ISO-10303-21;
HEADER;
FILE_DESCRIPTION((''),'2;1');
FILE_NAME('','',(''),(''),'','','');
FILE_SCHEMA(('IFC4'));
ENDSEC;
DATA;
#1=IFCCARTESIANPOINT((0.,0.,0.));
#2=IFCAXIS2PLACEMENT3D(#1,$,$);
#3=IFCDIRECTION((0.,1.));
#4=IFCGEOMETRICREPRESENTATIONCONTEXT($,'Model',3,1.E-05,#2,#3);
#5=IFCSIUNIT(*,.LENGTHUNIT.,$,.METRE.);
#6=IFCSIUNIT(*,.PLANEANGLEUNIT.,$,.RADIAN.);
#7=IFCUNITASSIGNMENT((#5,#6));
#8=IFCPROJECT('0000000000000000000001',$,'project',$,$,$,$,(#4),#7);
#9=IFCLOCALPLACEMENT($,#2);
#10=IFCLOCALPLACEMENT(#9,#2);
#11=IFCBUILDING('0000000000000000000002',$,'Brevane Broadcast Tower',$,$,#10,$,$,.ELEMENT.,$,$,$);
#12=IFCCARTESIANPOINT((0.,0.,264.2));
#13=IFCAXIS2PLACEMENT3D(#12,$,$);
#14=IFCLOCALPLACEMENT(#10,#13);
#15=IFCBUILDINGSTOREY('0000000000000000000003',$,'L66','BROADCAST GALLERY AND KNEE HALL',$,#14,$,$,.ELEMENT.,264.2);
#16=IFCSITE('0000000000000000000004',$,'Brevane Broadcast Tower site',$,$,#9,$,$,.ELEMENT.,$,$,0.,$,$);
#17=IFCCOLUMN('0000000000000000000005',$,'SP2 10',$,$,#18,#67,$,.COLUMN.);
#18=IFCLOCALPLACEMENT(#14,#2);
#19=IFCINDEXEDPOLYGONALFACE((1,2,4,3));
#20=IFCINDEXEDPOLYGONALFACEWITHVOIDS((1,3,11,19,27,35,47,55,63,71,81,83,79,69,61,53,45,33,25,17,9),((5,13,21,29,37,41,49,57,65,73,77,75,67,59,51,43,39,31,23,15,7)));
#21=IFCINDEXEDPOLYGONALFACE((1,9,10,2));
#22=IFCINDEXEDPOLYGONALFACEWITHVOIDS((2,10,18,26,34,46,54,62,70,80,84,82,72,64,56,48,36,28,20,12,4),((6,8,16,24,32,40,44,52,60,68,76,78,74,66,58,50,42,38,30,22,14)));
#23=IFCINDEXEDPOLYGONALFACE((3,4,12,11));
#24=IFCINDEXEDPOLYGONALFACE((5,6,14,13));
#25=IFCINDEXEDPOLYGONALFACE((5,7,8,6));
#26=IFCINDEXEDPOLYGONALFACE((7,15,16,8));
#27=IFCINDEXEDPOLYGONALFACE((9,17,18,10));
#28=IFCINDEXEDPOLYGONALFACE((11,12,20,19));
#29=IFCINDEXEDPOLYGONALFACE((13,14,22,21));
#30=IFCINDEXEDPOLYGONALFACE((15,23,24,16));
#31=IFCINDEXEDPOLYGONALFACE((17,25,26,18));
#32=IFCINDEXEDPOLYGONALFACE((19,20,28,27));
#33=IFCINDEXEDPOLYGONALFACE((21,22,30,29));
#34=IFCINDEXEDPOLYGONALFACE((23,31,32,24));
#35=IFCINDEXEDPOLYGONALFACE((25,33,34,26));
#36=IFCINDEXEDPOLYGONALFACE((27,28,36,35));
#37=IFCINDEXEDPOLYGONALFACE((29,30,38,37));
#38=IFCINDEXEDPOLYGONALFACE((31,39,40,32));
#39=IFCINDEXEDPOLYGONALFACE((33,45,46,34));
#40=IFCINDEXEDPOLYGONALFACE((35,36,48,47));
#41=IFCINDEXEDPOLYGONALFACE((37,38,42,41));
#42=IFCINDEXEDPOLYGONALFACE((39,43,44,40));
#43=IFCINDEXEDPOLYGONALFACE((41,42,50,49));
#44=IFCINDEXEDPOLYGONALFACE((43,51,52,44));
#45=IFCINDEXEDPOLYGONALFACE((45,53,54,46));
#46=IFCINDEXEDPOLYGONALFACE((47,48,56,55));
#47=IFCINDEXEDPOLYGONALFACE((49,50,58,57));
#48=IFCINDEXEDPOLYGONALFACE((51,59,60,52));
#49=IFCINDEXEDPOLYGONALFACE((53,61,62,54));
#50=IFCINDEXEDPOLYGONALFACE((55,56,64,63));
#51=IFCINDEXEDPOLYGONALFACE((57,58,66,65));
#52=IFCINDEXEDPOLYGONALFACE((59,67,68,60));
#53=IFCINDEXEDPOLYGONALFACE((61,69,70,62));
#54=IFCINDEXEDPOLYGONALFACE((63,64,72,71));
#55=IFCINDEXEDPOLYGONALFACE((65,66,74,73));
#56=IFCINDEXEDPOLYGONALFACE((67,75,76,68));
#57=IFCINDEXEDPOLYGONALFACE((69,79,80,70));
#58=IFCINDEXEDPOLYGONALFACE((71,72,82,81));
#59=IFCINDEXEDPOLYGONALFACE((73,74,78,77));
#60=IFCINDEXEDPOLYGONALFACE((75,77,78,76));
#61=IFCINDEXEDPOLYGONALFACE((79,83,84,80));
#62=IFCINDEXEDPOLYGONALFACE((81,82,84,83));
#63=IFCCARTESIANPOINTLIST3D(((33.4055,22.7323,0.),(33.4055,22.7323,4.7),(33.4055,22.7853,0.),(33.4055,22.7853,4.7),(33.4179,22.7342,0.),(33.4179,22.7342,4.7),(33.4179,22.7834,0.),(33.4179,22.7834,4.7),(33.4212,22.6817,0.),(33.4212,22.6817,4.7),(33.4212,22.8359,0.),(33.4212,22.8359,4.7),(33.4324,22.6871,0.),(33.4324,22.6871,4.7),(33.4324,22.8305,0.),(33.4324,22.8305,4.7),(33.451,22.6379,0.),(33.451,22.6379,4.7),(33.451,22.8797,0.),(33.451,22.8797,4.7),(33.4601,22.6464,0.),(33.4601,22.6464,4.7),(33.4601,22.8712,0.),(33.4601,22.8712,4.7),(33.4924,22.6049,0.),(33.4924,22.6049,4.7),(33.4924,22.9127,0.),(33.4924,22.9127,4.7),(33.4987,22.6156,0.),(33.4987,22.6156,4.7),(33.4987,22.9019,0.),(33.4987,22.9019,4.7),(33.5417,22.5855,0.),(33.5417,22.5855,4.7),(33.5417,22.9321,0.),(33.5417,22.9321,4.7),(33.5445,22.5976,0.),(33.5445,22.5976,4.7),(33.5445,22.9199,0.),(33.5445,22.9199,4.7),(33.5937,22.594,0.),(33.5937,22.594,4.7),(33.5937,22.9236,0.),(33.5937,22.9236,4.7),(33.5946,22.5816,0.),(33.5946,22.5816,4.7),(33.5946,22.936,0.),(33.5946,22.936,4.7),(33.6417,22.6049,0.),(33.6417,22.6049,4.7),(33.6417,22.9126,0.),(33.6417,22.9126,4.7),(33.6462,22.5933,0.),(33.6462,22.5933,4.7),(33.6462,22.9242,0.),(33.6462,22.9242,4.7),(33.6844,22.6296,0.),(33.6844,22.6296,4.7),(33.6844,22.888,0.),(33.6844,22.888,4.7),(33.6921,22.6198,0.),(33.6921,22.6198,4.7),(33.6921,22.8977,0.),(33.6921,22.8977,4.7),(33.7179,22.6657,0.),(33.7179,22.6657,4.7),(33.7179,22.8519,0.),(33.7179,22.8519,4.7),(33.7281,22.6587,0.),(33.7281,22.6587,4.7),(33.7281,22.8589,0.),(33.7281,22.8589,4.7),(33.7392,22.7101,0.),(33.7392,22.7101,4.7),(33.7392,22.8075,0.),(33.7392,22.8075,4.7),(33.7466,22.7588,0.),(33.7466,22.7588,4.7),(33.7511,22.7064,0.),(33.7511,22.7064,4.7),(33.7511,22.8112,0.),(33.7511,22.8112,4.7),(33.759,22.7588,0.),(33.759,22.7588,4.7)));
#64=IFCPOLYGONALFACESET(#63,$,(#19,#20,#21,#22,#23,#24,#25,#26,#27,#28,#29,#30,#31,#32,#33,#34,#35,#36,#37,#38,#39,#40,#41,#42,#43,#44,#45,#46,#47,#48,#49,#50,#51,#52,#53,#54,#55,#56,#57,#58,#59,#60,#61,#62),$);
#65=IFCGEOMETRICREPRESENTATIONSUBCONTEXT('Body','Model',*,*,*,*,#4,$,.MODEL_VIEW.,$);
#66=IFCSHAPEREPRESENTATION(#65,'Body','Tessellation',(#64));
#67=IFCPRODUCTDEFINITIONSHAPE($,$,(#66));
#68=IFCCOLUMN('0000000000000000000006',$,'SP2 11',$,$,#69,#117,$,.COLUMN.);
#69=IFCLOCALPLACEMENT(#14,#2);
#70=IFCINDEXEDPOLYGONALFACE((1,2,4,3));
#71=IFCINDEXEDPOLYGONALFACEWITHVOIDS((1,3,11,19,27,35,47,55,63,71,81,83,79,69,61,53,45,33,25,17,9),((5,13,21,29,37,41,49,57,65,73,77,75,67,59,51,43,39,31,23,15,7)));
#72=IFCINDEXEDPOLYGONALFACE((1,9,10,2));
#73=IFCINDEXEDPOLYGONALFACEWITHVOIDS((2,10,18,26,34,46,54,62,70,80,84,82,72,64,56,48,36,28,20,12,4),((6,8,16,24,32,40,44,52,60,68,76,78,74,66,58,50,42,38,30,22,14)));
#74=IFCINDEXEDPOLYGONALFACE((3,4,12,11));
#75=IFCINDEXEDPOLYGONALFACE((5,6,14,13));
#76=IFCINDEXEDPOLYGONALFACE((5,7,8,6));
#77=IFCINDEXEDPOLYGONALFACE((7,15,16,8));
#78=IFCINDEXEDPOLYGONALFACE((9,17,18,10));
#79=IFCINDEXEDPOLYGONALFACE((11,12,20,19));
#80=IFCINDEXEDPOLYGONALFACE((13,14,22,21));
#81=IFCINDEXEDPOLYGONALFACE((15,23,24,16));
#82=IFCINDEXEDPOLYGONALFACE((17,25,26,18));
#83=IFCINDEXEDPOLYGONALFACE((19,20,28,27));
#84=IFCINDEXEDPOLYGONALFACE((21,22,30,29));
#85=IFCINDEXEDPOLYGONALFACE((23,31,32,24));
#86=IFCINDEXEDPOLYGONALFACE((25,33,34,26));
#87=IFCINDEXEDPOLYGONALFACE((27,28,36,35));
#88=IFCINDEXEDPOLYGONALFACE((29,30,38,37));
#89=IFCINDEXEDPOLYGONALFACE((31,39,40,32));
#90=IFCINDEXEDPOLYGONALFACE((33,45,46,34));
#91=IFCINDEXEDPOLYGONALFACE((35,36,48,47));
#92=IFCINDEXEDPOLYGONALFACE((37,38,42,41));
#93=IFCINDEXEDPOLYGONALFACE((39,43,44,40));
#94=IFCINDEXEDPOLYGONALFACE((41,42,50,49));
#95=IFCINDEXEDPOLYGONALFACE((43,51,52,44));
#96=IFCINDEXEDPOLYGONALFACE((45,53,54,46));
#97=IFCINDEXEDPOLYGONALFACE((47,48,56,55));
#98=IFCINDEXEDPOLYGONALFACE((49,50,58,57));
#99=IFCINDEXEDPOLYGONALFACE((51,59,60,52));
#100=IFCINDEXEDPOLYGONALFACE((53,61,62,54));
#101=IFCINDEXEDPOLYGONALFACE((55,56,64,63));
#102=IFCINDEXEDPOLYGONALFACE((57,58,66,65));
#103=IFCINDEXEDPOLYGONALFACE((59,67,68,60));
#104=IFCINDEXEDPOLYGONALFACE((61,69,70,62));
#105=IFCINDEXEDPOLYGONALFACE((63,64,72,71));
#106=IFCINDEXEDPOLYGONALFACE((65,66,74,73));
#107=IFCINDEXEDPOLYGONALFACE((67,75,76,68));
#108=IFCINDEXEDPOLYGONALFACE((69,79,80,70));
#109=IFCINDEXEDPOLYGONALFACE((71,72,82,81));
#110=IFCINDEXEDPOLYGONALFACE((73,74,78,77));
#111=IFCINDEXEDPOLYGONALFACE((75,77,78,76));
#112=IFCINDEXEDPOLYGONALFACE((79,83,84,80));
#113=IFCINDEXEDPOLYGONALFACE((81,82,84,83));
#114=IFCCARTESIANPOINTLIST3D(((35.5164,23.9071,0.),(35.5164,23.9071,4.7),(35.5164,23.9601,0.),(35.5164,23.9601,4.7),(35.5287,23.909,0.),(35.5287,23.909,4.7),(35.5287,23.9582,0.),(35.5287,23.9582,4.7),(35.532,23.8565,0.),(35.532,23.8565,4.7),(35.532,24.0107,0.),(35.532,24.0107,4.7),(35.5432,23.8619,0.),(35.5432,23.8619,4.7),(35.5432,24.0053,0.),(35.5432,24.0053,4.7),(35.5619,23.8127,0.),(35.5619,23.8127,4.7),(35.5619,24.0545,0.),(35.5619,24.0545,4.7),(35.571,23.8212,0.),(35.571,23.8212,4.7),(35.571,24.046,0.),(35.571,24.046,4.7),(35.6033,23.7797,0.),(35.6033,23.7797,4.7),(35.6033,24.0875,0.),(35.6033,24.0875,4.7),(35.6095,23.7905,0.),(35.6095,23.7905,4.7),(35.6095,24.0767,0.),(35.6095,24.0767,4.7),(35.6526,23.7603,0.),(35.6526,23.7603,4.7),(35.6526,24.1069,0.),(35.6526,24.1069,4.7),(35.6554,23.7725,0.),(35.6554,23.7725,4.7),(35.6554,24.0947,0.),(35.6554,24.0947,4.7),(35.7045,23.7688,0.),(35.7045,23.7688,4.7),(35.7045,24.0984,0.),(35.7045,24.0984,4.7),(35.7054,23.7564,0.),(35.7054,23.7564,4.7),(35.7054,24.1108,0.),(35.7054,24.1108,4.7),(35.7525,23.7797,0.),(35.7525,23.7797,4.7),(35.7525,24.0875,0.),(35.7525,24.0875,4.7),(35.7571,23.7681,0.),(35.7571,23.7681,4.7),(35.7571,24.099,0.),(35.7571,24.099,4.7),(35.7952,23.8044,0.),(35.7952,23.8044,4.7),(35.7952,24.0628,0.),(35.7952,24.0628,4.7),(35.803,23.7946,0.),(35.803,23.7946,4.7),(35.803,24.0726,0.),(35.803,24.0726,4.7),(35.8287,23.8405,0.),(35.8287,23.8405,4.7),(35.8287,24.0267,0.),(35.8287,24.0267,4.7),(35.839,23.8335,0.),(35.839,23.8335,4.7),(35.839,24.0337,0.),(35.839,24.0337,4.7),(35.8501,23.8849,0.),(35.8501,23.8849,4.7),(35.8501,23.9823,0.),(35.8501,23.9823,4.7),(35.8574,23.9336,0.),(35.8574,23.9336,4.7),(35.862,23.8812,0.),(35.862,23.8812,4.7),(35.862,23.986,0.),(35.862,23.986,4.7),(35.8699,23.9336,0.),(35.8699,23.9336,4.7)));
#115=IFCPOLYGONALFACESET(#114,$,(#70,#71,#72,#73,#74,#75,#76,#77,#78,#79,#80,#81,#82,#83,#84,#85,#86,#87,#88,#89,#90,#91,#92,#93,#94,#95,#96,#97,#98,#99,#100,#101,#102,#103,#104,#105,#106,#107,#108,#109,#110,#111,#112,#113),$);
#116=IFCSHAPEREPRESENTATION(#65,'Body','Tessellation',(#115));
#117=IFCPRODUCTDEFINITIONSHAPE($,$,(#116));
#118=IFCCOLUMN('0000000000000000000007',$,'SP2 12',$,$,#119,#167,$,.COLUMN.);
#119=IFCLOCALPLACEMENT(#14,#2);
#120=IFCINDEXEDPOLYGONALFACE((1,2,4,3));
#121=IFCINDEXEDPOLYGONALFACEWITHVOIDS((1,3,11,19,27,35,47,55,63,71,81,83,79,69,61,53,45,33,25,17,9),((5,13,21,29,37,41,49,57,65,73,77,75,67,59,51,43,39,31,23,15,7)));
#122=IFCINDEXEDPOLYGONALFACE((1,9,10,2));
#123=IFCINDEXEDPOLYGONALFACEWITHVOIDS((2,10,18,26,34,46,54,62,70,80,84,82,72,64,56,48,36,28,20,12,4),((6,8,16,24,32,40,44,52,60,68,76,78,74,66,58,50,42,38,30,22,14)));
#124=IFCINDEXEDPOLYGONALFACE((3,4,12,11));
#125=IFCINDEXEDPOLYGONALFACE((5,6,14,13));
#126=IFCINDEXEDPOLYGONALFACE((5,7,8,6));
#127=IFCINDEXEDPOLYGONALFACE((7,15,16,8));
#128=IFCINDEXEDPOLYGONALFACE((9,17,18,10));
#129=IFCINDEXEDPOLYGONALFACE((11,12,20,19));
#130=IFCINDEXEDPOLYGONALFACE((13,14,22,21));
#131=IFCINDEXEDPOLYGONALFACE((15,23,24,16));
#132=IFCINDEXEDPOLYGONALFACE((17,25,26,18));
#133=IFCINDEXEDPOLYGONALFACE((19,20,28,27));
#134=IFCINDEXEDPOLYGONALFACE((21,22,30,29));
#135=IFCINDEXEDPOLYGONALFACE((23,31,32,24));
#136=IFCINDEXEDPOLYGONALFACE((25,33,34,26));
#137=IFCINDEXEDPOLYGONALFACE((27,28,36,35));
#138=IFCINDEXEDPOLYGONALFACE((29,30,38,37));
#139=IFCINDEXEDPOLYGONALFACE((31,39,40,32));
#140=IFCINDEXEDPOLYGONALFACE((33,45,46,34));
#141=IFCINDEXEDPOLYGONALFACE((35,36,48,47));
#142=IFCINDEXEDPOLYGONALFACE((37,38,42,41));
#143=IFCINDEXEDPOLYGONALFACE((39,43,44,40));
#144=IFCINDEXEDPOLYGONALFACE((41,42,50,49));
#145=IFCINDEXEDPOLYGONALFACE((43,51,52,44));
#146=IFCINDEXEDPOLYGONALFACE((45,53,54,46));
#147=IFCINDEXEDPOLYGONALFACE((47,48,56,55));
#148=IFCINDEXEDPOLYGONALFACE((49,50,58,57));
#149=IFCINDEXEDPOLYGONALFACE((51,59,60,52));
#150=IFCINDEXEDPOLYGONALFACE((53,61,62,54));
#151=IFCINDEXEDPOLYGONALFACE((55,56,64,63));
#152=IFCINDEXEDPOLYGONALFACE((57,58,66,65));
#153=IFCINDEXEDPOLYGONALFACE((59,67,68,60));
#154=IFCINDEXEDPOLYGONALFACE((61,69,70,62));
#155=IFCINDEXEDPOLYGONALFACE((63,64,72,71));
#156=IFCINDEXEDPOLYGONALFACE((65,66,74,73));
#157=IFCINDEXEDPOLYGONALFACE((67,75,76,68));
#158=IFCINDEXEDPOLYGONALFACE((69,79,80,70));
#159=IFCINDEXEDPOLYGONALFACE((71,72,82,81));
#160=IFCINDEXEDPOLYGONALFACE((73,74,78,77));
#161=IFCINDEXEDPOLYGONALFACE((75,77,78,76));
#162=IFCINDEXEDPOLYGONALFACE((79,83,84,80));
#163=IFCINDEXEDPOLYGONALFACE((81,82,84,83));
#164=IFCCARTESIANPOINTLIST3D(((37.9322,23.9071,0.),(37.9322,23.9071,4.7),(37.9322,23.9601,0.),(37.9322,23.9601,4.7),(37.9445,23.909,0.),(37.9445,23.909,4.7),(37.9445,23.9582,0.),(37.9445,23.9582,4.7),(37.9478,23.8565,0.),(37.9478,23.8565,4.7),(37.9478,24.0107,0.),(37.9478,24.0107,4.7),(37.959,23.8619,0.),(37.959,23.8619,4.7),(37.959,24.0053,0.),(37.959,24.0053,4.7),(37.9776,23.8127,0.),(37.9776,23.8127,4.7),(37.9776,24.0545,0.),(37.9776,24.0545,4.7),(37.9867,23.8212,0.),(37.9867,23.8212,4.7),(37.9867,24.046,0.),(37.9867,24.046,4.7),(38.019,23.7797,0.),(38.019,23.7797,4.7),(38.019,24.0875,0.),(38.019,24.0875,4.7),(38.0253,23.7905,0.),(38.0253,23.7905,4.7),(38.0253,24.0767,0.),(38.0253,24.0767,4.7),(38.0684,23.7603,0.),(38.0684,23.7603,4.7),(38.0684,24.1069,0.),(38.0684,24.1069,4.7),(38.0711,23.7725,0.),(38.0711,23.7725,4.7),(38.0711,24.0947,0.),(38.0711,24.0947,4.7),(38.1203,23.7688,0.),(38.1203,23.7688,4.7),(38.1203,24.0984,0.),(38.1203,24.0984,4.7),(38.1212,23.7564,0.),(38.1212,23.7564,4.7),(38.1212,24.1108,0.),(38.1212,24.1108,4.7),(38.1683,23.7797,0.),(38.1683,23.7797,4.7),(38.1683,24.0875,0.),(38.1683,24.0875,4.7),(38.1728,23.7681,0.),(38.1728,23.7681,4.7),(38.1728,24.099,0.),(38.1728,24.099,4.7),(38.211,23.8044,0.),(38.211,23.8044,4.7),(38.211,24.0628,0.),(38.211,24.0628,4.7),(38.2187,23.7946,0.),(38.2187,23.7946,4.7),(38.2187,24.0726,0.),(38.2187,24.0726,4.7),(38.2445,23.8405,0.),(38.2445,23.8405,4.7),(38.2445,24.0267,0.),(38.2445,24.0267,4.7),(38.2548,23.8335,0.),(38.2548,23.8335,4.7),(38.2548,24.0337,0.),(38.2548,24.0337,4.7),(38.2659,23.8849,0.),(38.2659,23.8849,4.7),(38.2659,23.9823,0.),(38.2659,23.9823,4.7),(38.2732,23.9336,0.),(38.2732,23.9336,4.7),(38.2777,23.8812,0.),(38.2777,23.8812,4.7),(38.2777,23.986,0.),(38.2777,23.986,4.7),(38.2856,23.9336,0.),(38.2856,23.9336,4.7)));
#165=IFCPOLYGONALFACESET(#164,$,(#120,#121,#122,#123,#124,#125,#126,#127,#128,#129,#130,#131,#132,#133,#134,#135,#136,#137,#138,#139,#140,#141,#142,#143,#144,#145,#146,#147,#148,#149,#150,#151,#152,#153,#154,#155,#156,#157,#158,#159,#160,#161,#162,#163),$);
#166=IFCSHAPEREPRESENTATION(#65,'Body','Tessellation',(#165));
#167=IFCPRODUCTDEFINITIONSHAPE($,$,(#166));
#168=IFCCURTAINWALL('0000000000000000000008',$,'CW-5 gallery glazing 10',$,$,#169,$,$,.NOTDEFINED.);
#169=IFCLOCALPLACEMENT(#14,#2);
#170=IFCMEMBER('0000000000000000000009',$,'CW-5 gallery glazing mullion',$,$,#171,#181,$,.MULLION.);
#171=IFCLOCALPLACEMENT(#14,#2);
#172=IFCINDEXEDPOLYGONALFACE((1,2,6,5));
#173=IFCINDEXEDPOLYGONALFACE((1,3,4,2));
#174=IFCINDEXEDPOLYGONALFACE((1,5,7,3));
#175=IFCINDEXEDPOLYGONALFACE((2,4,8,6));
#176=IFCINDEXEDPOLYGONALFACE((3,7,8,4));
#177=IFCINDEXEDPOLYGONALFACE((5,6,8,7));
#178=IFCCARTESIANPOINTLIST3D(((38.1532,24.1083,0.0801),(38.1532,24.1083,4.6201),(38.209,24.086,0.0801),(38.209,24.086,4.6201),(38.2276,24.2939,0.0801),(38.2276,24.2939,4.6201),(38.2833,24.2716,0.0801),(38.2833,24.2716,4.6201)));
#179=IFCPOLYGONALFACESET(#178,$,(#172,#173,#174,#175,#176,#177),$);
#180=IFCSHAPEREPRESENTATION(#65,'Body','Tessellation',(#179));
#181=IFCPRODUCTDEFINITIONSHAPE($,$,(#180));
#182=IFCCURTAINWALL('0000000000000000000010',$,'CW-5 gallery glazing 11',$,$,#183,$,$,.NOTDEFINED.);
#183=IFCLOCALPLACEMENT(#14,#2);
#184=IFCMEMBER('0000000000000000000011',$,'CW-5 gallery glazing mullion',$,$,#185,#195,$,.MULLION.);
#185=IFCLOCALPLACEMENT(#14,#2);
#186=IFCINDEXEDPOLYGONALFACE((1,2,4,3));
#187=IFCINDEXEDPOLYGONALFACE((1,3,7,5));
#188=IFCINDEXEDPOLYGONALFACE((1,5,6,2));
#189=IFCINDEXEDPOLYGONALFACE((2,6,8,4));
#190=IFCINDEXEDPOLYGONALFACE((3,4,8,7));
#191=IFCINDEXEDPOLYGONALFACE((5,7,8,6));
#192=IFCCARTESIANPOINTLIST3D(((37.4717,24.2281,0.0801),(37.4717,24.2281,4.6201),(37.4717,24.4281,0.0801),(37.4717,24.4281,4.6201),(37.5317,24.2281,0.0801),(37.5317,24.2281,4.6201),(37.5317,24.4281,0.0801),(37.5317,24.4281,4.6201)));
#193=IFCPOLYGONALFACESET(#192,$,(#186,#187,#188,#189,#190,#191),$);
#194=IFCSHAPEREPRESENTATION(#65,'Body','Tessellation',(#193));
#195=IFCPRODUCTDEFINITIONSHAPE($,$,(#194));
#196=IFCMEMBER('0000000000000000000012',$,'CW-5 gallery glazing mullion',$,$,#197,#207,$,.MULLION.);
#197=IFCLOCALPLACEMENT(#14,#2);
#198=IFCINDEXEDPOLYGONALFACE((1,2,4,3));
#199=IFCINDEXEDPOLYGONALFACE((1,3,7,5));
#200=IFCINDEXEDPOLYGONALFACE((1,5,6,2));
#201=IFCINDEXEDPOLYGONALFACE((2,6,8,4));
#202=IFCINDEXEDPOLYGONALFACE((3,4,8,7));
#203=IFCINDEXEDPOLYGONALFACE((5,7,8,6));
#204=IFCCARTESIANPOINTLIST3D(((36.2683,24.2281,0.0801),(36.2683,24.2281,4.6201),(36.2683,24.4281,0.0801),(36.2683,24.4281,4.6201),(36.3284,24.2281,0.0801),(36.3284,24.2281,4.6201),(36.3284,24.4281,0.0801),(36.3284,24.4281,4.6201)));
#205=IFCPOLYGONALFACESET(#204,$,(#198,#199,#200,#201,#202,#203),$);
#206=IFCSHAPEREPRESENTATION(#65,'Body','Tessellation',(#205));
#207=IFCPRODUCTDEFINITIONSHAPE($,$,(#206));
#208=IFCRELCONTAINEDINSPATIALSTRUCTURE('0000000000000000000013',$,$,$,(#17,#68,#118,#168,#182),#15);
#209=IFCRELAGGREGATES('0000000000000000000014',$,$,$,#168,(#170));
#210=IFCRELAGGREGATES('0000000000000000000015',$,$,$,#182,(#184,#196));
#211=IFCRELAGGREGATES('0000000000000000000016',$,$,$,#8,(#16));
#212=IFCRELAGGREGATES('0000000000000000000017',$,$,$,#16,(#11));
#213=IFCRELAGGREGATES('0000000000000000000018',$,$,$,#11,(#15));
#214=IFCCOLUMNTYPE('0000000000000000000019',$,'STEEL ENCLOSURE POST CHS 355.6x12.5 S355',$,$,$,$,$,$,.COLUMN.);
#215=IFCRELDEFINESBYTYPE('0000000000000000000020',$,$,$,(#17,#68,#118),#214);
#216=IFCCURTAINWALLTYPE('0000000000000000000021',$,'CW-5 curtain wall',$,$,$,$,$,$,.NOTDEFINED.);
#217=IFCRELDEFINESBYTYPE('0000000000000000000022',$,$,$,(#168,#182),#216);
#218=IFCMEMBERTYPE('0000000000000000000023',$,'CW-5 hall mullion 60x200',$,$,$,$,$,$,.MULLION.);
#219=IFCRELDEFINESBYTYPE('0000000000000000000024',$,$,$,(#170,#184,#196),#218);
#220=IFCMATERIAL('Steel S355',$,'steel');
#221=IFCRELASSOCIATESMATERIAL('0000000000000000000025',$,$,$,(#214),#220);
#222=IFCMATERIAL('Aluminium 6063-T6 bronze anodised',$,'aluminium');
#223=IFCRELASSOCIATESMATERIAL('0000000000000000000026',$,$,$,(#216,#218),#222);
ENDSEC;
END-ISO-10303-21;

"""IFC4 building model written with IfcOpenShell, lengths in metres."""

from ifc_helpers import new_model, si_unit, direction, frame, origin, origin_2d, place, context, subcontext, project, spatial, rectangle, hollow_circle, extrude, material, material_profile, profile_set, type_object, element, aggregate, save


model = new_model("IFC4")

# Units and contexts
model_context = context("Model", 3, precision=1e-05, world=origin(), true_north=direction((0.0, 1.0)))
body_context = subcontext(model_context, "Body", "Model", "MODEL_VIEW")
ifc_project = project(units=[si_unit("LENGTHUNIT", "METRE"), si_unit("PLANEANGLEUNIT", "RADIAN")], contexts=[model_context])

# Site, building, storey
site_placement = place(None, origin())
site = spatial("IfcSite", under=ifc_project, at=site_placement, Name="Brevane Broadcast Tower site", CompositionType="ELEMENT", RefElevation=0.0)
building_placement = place(site_placement, origin())
building = spatial("IfcBuilding", under=site, at=building_placement, Name="Brevane Broadcast Tower", CompositionType="ELEMENT")
storey_placement = place(building_placement, frame((0.0, 0.0, 264.2)))
storey = spatial("IfcBuildingStorey", under=building, at=storey_placement, Name="L66", Description="BROADCAST GALLERY AND KNEE HALL", CompositionType="ELEMENT", Elevation=264.2)

# Columns
ifc_material_1 = material(Name="Steel S355", Category="steel")
ifc_material_profile_1 = material_profile(ifc_material_1, hollow_circle(Radius=0.1777, WallThickness=0.0125, at=origin_2d()), Name="CHS 355.6x12.5")
ifc_profile_set_1 = profile_set([ifc_material_profile_1], Name="Steel S355")
column_type = type_object("IfcColumnType", Name="STEEL ENCLOSURE POST CHS 355.6x12.5 S355", PredefinedType="COLUMN", material=ifc_profile_set_1)
for number, where, z_axis, x_axis, name in (
    (1, (33.5813, 22.7588, 0.0), (0.0, 0.0, 1.0), (1.0, 0.0, 0.0), "SP2 10"),
    (2, (35.6921, 23.9336, 0.0), (0.0, 0.0, 1.0), (1.0, 0.0, 0.0), "SP2 11"),
    (3, (38.1079, 23.9336, 0.0), (0.0, 0.0, 1.0), (1.0, 0.0, 0.0), "SP2 12"),
):
    element("IfcColumn", number, at=place(storey_placement, frame(where, z_axis=z_axis, x_axis=x_axis)), inside=storey, type_object=column_type, Name=name, PredefinedType="COLUMN", context=body_context, shape_type="SweptSolid", body=[
        extrude(hollow_circle(Radius=0.1777, WallThickness=0.0125, at=origin_2d()), origin(), (0.0, 0.0, 1.0), 4.7),
    ])

# Curtain wall, member
ifc_material_2 = material(Name="Aluminium 6063-T6 bronze anodised", Category="aluminium")
curtain_wall_type = type_object("IfcCurtainWallType", Name="CW-5 curtain wall", PredefinedType="NOTDEFINED", material=ifc_material_2)
curtain_wall_1_placement = place(storey_placement, origin())
curtain_wall_1 = element("IfcCurtainWall", 4, at=curtain_wall_1_placement, inside=storey, type_object=curtain_wall_type, Name="CW-5 gallery glazing 10", PredefinedType="NOTDEFINED")
ifc_material_profile_2 = material_profile(ifc_material_2, rectangle(XDim=0.2, YDim=0.0601, at=origin_2d()), Name="RECT 60x200")
ifc_profile_set_2 = profile_set([ifc_material_profile_2], Name="Aluminium 6063-T6 bronze anodised")
member_type_1 = type_object("IfcMemberType", Name="CW-5 hall mullion 60x200", PredefinedType="MULLION", material=ifc_profile_set_2)
member_1_placement = place(storey_placement, frame((38.2183, 24.1899, 0.0801), z_axis=(0.0, 0.0, 1.0), x_axis=(-0.371784, -0.928319, 0.0)))
member_1 = element("IfcMember", 5, at=member_1_placement, type_object=member_type_1, Name="CW-5 gallery glazing mullion", PredefinedType="MULLION", context=body_context, shape_type="SweptSolid", body=[
    extrude(rectangle(XDim=0.2, YDim=0.0601, at=origin_2d()), origin(), (0.0, 0.0, 1.0), 4.54),
])

# Curtain wall, members
curtain_wall_2_placement = place(storey_placement, origin())
curtain_wall_2 = element("IfcCurtainWall", 6, at=curtain_wall_2_placement, inside=storey, type_object=curtain_wall_type, Name="CW-5 gallery glazing 11", PredefinedType="NOTDEFINED")
member_2_placement = place(storey_placement, frame((37.5017, 24.3281, 0.0801), z_axis=(0.0, 0.0, 1.0), x_axis=(0.0, -1.0, 0.0)))
member_2 = element("IfcMember", 7, at=member_2_placement, type_object=member_type_1, Name="CW-5 gallery glazing mullion", PredefinedType="MULLION", context=body_context, shape_type="SweptSolid", body=[
    extrude(rectangle(XDim=0.2, YDim=0.0601, at=origin_2d()), origin(), (0.0, 0.0, 1.0), 4.54),
])
member_3_placement = place(storey_placement, frame((36.2983, 24.3281, 0.0801), z_axis=(0.0, 0.0, 1.0), x_axis=(0.0, -1.0, 0.0)))
member_3 = element("IfcMember", 8, at=member_3_placement, type_object=member_type_1, Name="CW-5 gallery glazing mullion", PredefinedType="MULLION", context=body_context, shape_type="SweptSolid", body=[
    extrude(rectangle(XDim=0.2, YDim=0.0601, at=origin_2d()), origin(), (0.0, 0.0, 1.0), 4.54),
])

aggregate(curtain_wall_1, [member_1])
aggregate(curtain_wall_2, [member_2, member_3])

save(model, "model.ifc")
